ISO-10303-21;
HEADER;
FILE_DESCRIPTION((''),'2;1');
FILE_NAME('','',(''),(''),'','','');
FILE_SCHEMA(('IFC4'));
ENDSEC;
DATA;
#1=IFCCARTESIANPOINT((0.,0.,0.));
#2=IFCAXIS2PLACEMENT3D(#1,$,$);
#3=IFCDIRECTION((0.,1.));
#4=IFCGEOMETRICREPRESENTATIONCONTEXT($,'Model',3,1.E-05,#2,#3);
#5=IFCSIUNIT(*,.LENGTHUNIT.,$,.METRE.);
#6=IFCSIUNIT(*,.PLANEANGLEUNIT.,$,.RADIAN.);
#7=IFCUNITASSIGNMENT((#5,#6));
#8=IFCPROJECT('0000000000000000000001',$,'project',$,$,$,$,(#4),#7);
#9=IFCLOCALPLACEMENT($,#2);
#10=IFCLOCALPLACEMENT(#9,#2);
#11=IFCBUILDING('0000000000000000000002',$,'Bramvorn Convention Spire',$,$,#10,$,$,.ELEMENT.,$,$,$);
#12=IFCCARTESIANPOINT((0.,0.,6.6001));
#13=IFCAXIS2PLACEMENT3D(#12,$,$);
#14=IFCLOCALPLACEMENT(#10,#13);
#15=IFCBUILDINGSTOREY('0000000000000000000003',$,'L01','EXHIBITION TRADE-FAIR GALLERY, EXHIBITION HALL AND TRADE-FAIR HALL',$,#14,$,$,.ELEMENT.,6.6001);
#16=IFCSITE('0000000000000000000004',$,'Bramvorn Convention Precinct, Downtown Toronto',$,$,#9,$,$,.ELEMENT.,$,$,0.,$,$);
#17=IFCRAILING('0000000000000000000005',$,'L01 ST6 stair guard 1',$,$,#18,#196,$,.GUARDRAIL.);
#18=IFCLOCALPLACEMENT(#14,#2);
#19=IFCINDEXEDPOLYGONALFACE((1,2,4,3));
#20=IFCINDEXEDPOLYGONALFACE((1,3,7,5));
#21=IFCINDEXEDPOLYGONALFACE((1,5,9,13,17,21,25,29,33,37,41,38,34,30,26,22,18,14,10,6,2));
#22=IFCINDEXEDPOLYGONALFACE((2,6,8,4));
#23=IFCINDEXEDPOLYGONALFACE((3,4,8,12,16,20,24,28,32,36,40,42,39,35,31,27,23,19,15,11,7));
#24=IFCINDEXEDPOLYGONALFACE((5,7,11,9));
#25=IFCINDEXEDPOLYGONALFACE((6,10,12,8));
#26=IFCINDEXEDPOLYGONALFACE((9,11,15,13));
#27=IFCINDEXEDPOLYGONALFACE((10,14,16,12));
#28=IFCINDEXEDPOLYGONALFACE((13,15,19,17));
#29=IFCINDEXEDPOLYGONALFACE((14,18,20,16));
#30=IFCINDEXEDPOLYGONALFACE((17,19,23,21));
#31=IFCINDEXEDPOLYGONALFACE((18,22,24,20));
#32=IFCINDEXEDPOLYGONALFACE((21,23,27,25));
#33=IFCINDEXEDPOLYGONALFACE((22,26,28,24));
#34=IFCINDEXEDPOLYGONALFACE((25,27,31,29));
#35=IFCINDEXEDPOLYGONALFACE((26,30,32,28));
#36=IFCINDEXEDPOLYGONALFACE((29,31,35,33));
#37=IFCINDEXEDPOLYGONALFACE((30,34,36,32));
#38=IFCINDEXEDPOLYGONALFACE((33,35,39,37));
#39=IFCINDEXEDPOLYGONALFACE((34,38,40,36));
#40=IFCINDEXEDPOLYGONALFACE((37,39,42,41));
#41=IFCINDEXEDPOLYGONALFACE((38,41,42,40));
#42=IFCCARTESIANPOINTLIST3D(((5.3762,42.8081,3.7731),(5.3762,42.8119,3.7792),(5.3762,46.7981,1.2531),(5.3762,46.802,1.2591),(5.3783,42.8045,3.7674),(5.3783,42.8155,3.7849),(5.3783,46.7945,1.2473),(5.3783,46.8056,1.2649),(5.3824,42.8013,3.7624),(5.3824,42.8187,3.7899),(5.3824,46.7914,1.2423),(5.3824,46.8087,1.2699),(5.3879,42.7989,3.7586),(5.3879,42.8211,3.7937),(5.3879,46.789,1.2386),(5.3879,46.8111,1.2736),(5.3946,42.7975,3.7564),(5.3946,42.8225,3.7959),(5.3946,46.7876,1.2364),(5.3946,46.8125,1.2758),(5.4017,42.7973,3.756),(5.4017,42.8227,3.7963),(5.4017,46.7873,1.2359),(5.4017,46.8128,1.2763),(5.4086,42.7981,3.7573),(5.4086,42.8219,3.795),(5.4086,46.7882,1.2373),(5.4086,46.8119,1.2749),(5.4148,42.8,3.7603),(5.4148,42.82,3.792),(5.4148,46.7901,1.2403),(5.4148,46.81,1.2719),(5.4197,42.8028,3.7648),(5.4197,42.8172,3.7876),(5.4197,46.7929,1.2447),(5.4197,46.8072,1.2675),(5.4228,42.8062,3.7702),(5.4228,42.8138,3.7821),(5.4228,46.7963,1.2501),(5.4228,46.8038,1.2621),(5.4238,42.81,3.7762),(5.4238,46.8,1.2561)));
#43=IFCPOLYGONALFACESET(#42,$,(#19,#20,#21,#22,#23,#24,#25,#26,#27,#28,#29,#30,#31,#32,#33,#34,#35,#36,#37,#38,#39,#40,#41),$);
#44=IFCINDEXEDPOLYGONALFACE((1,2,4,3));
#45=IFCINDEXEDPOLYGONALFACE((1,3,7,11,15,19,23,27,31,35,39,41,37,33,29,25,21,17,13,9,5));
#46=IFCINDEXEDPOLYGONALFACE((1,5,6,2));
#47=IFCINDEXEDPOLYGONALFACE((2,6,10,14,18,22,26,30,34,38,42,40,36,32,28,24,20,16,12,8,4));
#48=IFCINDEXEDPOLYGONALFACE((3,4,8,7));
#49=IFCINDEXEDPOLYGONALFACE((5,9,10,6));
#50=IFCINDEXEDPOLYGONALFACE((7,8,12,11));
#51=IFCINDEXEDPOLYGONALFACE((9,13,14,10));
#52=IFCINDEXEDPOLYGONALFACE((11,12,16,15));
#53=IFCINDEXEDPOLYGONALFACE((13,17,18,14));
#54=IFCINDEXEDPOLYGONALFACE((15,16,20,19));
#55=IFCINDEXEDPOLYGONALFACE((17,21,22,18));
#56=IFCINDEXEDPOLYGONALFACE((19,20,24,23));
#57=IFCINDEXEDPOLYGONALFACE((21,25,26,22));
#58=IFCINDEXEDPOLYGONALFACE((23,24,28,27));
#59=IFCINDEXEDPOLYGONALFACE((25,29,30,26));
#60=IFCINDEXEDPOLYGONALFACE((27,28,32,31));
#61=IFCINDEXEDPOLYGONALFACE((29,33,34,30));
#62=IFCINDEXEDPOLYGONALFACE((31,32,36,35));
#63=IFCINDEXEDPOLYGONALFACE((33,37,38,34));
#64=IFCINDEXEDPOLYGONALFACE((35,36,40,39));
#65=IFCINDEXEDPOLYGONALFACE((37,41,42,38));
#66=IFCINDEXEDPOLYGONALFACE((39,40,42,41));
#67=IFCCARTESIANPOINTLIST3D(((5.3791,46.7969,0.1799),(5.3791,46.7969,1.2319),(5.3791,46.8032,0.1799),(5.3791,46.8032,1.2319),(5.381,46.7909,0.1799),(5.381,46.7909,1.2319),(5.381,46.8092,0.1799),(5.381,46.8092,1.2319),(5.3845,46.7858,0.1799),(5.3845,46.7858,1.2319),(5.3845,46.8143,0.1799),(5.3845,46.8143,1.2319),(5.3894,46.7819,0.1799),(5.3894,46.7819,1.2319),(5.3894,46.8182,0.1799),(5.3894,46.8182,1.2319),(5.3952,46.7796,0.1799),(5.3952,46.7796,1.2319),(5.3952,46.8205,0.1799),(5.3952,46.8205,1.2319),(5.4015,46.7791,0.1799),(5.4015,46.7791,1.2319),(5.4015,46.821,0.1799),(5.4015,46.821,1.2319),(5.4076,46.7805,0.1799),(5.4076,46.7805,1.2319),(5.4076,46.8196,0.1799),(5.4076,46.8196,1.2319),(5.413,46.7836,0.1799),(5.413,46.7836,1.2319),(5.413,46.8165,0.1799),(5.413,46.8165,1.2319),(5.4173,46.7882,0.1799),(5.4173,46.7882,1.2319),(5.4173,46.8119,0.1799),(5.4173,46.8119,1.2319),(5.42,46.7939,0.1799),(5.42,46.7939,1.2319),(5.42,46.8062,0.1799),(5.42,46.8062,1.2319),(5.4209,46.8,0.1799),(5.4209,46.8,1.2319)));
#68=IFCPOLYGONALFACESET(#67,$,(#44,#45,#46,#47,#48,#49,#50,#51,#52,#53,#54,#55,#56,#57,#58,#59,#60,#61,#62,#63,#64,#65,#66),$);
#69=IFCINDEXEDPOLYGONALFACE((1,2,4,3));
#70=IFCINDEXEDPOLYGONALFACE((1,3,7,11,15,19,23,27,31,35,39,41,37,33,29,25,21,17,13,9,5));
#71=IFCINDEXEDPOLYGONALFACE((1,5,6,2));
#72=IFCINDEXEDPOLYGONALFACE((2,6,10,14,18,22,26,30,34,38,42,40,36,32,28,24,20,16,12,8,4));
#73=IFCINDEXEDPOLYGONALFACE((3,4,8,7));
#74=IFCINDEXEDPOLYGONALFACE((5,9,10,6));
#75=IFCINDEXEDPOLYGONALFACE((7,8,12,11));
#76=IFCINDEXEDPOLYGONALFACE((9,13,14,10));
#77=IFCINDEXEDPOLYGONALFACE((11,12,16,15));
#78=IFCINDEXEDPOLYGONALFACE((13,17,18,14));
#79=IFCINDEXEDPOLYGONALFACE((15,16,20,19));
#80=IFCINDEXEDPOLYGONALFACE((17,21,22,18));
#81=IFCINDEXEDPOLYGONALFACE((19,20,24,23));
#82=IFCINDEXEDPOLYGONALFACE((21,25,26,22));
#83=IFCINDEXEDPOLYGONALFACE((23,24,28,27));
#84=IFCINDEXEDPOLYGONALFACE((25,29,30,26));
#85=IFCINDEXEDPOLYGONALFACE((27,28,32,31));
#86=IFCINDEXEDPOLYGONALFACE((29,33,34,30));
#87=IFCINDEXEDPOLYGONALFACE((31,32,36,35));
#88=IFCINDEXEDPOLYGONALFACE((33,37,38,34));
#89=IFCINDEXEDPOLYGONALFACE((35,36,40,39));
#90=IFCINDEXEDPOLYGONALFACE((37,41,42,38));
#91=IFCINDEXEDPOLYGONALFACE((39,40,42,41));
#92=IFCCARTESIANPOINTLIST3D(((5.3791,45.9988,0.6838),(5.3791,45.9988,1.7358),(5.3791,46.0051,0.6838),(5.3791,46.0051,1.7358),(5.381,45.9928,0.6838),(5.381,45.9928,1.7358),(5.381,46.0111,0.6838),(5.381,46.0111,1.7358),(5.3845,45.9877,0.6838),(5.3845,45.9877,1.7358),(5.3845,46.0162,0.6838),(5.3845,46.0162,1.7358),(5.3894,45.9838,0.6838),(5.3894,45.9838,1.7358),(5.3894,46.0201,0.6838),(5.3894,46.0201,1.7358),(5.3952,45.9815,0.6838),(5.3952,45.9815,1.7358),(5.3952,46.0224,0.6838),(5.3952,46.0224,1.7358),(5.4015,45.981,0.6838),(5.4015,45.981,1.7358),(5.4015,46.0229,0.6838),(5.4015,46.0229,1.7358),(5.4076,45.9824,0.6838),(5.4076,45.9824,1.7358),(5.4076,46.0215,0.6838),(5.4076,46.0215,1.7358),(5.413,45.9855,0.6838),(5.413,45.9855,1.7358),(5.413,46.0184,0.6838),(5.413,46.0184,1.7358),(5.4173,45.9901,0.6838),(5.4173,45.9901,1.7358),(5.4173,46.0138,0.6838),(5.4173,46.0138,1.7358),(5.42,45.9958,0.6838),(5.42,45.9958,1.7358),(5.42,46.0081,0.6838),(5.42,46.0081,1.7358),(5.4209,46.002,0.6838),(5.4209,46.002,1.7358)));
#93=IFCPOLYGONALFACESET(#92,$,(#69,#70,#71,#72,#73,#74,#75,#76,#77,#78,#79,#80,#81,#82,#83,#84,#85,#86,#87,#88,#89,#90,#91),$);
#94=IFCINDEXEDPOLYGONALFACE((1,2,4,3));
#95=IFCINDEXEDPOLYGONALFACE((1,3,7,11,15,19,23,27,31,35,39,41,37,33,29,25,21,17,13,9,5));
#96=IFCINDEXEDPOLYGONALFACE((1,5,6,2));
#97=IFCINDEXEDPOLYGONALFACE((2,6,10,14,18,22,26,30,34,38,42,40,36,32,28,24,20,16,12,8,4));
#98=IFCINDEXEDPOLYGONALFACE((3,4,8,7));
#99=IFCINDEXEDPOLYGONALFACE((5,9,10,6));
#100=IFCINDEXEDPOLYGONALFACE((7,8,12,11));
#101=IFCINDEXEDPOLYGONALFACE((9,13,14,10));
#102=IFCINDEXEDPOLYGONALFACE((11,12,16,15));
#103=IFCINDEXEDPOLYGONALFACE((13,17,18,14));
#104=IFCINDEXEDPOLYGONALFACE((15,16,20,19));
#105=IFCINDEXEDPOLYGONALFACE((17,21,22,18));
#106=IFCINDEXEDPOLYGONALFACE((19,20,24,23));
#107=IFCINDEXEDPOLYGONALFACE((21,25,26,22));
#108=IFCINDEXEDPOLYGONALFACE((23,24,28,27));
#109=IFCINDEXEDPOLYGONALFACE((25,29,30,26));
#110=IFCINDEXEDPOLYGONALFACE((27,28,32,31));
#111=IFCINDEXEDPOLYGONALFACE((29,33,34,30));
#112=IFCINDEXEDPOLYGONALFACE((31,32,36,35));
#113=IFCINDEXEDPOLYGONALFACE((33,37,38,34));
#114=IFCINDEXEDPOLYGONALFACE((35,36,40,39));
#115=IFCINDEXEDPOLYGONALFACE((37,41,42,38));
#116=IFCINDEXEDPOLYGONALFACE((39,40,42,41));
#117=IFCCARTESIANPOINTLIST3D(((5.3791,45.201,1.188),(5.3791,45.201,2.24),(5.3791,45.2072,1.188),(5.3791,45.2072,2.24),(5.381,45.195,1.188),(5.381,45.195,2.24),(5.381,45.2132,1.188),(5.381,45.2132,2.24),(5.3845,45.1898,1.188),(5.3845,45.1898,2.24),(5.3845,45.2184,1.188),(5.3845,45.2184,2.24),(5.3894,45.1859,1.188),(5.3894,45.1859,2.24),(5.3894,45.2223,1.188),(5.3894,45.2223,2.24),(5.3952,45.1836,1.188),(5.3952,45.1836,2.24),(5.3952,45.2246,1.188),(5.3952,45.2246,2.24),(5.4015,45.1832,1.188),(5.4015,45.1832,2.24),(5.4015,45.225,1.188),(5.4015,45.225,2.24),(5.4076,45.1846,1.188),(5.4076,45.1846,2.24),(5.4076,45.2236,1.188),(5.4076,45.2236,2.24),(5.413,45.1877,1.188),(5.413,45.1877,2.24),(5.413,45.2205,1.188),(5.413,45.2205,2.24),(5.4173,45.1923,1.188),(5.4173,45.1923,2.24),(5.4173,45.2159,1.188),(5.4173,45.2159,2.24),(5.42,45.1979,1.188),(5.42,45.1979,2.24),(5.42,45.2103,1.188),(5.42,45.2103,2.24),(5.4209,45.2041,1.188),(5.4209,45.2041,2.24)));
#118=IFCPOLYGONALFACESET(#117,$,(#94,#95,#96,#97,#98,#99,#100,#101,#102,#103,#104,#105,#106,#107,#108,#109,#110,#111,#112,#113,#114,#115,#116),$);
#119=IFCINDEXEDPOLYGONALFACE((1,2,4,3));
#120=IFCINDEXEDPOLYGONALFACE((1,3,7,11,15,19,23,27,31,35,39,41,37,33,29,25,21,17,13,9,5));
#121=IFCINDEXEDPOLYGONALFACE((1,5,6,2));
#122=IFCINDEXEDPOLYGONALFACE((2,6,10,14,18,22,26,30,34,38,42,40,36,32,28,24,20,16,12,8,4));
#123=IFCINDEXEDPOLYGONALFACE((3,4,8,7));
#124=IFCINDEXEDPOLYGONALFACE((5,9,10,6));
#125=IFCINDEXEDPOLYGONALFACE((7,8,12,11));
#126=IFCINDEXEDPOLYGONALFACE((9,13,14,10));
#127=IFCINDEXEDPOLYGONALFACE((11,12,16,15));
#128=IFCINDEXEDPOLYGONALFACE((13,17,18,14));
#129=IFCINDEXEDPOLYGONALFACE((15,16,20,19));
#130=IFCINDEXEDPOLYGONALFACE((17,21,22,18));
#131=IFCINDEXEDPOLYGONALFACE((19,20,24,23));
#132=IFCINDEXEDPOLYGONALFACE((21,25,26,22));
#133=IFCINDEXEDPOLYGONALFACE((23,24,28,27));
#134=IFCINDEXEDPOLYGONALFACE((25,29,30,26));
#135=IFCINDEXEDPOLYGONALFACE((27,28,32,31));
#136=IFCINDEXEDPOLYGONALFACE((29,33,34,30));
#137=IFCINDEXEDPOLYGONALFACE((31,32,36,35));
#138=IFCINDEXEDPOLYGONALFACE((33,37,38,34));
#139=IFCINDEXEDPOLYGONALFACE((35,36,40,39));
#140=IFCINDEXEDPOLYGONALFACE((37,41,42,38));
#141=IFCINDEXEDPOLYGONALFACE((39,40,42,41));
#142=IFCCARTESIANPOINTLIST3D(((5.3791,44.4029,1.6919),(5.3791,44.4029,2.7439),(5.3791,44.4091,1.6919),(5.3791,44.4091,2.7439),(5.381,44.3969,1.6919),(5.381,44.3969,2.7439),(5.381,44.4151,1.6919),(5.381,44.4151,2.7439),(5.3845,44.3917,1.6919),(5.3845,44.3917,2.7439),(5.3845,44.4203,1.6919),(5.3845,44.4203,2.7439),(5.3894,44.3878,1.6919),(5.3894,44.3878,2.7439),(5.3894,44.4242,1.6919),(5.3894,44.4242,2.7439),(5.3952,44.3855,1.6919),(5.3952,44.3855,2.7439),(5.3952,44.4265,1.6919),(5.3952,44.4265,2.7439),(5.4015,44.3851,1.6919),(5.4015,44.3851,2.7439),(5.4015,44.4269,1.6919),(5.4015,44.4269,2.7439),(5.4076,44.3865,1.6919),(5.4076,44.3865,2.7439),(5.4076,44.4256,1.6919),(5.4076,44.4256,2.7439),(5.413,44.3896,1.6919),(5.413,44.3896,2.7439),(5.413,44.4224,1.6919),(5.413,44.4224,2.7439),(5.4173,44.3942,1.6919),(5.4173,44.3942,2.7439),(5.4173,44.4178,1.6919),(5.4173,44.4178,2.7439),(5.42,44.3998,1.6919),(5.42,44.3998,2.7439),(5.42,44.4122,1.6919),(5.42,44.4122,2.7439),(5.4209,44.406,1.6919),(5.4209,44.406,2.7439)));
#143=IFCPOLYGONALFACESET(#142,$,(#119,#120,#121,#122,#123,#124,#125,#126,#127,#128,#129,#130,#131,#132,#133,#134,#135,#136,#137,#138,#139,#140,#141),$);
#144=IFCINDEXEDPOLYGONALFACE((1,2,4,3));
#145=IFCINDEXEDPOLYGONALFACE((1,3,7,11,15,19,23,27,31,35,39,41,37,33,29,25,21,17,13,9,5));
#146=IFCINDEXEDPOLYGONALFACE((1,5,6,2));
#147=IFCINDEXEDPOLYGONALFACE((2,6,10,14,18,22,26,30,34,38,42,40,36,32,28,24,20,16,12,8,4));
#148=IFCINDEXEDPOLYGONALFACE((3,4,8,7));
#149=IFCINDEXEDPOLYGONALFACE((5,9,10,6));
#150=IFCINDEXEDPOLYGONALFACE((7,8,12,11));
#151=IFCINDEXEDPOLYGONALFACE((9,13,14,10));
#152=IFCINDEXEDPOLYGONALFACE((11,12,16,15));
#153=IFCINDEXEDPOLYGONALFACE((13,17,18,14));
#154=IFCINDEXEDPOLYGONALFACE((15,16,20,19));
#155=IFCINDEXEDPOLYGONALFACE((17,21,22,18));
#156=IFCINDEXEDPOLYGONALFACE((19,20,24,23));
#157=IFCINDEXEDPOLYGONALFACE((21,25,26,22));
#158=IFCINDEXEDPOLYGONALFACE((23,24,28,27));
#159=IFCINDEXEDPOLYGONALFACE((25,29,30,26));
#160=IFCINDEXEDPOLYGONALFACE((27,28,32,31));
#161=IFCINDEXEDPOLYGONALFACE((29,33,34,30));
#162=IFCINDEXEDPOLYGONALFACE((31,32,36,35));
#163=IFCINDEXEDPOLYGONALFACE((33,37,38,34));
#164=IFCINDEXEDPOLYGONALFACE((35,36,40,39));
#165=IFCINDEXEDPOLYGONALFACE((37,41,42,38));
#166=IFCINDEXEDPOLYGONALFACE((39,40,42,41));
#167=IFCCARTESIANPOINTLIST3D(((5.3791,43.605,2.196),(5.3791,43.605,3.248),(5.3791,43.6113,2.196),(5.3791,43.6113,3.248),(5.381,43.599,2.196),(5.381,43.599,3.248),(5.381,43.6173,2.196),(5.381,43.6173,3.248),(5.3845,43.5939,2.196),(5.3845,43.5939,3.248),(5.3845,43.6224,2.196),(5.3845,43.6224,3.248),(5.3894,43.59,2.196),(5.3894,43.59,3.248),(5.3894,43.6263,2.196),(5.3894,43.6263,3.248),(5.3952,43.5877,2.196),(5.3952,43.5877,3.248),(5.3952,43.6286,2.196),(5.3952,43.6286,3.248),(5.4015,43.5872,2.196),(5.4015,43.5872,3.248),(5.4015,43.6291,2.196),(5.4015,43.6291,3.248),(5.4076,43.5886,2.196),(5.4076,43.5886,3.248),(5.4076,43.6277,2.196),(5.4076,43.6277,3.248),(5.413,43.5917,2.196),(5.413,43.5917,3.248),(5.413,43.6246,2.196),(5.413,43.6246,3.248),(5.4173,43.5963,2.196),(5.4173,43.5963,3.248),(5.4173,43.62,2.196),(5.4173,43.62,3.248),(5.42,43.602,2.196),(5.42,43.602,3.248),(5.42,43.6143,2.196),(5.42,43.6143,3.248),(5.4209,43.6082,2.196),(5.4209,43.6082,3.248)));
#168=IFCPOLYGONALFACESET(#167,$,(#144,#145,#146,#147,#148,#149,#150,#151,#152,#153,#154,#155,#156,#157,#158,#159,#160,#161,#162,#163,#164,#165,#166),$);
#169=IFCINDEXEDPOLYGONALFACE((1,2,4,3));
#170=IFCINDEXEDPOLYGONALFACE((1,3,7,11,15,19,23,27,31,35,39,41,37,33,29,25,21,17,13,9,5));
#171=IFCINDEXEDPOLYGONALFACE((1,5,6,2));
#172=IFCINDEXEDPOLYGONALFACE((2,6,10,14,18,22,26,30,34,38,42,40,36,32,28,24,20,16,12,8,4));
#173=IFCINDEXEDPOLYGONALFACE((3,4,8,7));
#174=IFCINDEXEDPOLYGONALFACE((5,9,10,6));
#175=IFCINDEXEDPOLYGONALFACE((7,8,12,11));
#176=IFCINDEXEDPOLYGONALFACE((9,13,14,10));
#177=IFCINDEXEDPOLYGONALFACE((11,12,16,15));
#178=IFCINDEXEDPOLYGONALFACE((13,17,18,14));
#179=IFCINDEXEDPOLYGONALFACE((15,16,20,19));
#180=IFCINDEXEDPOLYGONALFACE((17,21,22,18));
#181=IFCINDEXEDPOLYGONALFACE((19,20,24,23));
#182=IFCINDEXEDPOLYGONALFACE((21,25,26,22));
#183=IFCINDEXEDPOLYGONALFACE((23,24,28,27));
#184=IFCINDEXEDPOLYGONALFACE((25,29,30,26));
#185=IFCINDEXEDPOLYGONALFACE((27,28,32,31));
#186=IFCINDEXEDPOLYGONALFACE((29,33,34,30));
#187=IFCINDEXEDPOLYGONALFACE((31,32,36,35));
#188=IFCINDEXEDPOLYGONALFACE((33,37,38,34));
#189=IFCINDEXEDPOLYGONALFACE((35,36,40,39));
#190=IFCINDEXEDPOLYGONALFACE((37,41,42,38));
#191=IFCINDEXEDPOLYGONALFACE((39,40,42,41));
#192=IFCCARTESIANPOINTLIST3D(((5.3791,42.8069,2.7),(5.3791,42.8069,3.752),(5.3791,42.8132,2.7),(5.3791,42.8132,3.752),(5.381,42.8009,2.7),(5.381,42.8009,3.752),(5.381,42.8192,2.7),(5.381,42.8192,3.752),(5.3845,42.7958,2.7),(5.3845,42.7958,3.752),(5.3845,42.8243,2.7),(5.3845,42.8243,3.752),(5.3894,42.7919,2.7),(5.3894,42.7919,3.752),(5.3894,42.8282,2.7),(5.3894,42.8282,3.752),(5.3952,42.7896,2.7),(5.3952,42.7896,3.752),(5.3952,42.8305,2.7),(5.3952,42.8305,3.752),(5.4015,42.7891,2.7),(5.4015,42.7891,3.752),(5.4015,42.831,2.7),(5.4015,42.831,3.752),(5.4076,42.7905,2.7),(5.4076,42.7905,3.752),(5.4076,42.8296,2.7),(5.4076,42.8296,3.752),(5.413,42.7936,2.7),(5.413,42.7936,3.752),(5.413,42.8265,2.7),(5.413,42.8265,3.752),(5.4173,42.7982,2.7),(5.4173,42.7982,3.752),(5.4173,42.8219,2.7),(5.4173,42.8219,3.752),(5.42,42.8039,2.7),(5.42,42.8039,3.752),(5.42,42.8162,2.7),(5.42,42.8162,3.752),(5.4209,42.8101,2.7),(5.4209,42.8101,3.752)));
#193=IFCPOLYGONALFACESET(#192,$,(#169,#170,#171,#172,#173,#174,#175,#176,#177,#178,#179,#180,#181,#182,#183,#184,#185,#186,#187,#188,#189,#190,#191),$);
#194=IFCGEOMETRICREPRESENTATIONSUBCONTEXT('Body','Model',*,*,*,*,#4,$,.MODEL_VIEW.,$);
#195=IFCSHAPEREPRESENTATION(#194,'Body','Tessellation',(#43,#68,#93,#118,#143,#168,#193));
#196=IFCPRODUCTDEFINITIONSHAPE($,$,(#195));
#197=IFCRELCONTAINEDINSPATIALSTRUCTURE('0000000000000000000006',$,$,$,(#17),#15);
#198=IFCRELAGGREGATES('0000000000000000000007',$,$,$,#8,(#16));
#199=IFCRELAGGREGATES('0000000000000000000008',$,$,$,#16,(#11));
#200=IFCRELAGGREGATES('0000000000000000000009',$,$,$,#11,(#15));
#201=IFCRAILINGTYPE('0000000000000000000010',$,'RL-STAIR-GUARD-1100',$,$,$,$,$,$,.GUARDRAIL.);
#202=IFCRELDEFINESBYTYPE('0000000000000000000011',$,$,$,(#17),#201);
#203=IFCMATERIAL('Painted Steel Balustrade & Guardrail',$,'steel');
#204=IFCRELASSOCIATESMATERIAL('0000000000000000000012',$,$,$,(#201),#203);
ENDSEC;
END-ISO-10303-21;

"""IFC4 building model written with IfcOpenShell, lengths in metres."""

from ifc_helpers import new_model, si_unit, direction, frame, origin, origin_2d, place, context, subcontext, project, spatial, circle, extrude, material, type_object, element, save


model = new_model("IFC4")

# Units and contexts
model_context = context("Model", 3, precision=1e-05, world=origin(), true_north=direction((0.0, 1.0)))
body_context = subcontext(model_context, "Body", "Model", "MODEL_VIEW")
ifc_project = project(units=[si_unit("LENGTHUNIT", "METRE"), si_unit("PLANEANGLEUNIT", "RADIAN")], contexts=[model_context])

# Site, building, storey
site_placement = place(None, origin())
site = spatial("IfcSite", under=ifc_project, at=site_placement, Name="Bramvorn Convention Precinct, Downtown Toronto", CompositionType="ELEMENT", RefElevation=0.0)
building_placement = place(site_placement, origin())
building = spatial("IfcBuilding", under=site, at=building_placement, Name="Bramvorn Convention Spire", CompositionType="ELEMENT")
storey_placement = place(building_placement, frame((0.0, 0.0, 6.6001)))
storey = spatial("IfcBuildingStorey", under=building, at=storey_placement, Name="L01", Description="EXHIBITION TRADE-FAIR GALLERY, EXHIBITION HALL AND TRADE-FAIR HALL", CompositionType="ELEMENT", Elevation=6.6001)

# Railing
ifc_material_1 = material(Name="Painted Steel Balustrade & Guardrail", Category="steel")
railing_type_1 = type_object("IfcRailingType", Name="RL-STAIR-GUARD-1100", PredefinedType="GUARDRAIL", material=ifc_material_1)
railing_1_placement = place(storey_placement, frame((5.3999, 46.8, 0.1799)))
element("IfcRailing", 1, at=railing_1_placement, inside=storey, type_object=railing_type_1, Name="L01 ST6 stair guard 1", PredefinedType="GUARDRAIL", context=body_context, shape_type="SweptSolid", body=[
    extrude(circle(Radius=0.0239, at=origin_2d()), frame((0.0, 0.0, 1.0762), z_axis=(0.0, -0.845486, 0.533997), x_axis=(1.0, 0.0, 0.0)), (0.0, 0.0, 1.0), 4.7192),
    extrude(circle(Radius=0.021, at=origin_2d()), origin(), (0.0, 0.0, 1.0), 1.052),
    extrude(circle(Radius=0.021, at=origin_2d()), frame((0.0, -0.7981, 0.5039)), (0.0, 0.0, 1.0), 1.052),
    extrude(circle(Radius=0.021, at=origin_2d()), frame((0.0, -1.5959, 1.0081)), (0.0, 0.0, 1.0), 1.052),
    extrude(circle(Radius=0.021, at=origin_2d()), frame((0.0, -2.394, 1.512)), (0.0, 0.0, 1.0), 1.052),
    extrude(circle(Radius=0.021, at=origin_2d()), frame((0.0, -3.1919, 2.0161)), (0.0, 0.0, 1.0), 1.052),
    extrude(circle(Radius=0.021, at=origin_2d()), frame((0.0, -3.99, 2.52)), (0.0, 0.0, 1.0), 1.052),
])

save(model, "model.ifc")
